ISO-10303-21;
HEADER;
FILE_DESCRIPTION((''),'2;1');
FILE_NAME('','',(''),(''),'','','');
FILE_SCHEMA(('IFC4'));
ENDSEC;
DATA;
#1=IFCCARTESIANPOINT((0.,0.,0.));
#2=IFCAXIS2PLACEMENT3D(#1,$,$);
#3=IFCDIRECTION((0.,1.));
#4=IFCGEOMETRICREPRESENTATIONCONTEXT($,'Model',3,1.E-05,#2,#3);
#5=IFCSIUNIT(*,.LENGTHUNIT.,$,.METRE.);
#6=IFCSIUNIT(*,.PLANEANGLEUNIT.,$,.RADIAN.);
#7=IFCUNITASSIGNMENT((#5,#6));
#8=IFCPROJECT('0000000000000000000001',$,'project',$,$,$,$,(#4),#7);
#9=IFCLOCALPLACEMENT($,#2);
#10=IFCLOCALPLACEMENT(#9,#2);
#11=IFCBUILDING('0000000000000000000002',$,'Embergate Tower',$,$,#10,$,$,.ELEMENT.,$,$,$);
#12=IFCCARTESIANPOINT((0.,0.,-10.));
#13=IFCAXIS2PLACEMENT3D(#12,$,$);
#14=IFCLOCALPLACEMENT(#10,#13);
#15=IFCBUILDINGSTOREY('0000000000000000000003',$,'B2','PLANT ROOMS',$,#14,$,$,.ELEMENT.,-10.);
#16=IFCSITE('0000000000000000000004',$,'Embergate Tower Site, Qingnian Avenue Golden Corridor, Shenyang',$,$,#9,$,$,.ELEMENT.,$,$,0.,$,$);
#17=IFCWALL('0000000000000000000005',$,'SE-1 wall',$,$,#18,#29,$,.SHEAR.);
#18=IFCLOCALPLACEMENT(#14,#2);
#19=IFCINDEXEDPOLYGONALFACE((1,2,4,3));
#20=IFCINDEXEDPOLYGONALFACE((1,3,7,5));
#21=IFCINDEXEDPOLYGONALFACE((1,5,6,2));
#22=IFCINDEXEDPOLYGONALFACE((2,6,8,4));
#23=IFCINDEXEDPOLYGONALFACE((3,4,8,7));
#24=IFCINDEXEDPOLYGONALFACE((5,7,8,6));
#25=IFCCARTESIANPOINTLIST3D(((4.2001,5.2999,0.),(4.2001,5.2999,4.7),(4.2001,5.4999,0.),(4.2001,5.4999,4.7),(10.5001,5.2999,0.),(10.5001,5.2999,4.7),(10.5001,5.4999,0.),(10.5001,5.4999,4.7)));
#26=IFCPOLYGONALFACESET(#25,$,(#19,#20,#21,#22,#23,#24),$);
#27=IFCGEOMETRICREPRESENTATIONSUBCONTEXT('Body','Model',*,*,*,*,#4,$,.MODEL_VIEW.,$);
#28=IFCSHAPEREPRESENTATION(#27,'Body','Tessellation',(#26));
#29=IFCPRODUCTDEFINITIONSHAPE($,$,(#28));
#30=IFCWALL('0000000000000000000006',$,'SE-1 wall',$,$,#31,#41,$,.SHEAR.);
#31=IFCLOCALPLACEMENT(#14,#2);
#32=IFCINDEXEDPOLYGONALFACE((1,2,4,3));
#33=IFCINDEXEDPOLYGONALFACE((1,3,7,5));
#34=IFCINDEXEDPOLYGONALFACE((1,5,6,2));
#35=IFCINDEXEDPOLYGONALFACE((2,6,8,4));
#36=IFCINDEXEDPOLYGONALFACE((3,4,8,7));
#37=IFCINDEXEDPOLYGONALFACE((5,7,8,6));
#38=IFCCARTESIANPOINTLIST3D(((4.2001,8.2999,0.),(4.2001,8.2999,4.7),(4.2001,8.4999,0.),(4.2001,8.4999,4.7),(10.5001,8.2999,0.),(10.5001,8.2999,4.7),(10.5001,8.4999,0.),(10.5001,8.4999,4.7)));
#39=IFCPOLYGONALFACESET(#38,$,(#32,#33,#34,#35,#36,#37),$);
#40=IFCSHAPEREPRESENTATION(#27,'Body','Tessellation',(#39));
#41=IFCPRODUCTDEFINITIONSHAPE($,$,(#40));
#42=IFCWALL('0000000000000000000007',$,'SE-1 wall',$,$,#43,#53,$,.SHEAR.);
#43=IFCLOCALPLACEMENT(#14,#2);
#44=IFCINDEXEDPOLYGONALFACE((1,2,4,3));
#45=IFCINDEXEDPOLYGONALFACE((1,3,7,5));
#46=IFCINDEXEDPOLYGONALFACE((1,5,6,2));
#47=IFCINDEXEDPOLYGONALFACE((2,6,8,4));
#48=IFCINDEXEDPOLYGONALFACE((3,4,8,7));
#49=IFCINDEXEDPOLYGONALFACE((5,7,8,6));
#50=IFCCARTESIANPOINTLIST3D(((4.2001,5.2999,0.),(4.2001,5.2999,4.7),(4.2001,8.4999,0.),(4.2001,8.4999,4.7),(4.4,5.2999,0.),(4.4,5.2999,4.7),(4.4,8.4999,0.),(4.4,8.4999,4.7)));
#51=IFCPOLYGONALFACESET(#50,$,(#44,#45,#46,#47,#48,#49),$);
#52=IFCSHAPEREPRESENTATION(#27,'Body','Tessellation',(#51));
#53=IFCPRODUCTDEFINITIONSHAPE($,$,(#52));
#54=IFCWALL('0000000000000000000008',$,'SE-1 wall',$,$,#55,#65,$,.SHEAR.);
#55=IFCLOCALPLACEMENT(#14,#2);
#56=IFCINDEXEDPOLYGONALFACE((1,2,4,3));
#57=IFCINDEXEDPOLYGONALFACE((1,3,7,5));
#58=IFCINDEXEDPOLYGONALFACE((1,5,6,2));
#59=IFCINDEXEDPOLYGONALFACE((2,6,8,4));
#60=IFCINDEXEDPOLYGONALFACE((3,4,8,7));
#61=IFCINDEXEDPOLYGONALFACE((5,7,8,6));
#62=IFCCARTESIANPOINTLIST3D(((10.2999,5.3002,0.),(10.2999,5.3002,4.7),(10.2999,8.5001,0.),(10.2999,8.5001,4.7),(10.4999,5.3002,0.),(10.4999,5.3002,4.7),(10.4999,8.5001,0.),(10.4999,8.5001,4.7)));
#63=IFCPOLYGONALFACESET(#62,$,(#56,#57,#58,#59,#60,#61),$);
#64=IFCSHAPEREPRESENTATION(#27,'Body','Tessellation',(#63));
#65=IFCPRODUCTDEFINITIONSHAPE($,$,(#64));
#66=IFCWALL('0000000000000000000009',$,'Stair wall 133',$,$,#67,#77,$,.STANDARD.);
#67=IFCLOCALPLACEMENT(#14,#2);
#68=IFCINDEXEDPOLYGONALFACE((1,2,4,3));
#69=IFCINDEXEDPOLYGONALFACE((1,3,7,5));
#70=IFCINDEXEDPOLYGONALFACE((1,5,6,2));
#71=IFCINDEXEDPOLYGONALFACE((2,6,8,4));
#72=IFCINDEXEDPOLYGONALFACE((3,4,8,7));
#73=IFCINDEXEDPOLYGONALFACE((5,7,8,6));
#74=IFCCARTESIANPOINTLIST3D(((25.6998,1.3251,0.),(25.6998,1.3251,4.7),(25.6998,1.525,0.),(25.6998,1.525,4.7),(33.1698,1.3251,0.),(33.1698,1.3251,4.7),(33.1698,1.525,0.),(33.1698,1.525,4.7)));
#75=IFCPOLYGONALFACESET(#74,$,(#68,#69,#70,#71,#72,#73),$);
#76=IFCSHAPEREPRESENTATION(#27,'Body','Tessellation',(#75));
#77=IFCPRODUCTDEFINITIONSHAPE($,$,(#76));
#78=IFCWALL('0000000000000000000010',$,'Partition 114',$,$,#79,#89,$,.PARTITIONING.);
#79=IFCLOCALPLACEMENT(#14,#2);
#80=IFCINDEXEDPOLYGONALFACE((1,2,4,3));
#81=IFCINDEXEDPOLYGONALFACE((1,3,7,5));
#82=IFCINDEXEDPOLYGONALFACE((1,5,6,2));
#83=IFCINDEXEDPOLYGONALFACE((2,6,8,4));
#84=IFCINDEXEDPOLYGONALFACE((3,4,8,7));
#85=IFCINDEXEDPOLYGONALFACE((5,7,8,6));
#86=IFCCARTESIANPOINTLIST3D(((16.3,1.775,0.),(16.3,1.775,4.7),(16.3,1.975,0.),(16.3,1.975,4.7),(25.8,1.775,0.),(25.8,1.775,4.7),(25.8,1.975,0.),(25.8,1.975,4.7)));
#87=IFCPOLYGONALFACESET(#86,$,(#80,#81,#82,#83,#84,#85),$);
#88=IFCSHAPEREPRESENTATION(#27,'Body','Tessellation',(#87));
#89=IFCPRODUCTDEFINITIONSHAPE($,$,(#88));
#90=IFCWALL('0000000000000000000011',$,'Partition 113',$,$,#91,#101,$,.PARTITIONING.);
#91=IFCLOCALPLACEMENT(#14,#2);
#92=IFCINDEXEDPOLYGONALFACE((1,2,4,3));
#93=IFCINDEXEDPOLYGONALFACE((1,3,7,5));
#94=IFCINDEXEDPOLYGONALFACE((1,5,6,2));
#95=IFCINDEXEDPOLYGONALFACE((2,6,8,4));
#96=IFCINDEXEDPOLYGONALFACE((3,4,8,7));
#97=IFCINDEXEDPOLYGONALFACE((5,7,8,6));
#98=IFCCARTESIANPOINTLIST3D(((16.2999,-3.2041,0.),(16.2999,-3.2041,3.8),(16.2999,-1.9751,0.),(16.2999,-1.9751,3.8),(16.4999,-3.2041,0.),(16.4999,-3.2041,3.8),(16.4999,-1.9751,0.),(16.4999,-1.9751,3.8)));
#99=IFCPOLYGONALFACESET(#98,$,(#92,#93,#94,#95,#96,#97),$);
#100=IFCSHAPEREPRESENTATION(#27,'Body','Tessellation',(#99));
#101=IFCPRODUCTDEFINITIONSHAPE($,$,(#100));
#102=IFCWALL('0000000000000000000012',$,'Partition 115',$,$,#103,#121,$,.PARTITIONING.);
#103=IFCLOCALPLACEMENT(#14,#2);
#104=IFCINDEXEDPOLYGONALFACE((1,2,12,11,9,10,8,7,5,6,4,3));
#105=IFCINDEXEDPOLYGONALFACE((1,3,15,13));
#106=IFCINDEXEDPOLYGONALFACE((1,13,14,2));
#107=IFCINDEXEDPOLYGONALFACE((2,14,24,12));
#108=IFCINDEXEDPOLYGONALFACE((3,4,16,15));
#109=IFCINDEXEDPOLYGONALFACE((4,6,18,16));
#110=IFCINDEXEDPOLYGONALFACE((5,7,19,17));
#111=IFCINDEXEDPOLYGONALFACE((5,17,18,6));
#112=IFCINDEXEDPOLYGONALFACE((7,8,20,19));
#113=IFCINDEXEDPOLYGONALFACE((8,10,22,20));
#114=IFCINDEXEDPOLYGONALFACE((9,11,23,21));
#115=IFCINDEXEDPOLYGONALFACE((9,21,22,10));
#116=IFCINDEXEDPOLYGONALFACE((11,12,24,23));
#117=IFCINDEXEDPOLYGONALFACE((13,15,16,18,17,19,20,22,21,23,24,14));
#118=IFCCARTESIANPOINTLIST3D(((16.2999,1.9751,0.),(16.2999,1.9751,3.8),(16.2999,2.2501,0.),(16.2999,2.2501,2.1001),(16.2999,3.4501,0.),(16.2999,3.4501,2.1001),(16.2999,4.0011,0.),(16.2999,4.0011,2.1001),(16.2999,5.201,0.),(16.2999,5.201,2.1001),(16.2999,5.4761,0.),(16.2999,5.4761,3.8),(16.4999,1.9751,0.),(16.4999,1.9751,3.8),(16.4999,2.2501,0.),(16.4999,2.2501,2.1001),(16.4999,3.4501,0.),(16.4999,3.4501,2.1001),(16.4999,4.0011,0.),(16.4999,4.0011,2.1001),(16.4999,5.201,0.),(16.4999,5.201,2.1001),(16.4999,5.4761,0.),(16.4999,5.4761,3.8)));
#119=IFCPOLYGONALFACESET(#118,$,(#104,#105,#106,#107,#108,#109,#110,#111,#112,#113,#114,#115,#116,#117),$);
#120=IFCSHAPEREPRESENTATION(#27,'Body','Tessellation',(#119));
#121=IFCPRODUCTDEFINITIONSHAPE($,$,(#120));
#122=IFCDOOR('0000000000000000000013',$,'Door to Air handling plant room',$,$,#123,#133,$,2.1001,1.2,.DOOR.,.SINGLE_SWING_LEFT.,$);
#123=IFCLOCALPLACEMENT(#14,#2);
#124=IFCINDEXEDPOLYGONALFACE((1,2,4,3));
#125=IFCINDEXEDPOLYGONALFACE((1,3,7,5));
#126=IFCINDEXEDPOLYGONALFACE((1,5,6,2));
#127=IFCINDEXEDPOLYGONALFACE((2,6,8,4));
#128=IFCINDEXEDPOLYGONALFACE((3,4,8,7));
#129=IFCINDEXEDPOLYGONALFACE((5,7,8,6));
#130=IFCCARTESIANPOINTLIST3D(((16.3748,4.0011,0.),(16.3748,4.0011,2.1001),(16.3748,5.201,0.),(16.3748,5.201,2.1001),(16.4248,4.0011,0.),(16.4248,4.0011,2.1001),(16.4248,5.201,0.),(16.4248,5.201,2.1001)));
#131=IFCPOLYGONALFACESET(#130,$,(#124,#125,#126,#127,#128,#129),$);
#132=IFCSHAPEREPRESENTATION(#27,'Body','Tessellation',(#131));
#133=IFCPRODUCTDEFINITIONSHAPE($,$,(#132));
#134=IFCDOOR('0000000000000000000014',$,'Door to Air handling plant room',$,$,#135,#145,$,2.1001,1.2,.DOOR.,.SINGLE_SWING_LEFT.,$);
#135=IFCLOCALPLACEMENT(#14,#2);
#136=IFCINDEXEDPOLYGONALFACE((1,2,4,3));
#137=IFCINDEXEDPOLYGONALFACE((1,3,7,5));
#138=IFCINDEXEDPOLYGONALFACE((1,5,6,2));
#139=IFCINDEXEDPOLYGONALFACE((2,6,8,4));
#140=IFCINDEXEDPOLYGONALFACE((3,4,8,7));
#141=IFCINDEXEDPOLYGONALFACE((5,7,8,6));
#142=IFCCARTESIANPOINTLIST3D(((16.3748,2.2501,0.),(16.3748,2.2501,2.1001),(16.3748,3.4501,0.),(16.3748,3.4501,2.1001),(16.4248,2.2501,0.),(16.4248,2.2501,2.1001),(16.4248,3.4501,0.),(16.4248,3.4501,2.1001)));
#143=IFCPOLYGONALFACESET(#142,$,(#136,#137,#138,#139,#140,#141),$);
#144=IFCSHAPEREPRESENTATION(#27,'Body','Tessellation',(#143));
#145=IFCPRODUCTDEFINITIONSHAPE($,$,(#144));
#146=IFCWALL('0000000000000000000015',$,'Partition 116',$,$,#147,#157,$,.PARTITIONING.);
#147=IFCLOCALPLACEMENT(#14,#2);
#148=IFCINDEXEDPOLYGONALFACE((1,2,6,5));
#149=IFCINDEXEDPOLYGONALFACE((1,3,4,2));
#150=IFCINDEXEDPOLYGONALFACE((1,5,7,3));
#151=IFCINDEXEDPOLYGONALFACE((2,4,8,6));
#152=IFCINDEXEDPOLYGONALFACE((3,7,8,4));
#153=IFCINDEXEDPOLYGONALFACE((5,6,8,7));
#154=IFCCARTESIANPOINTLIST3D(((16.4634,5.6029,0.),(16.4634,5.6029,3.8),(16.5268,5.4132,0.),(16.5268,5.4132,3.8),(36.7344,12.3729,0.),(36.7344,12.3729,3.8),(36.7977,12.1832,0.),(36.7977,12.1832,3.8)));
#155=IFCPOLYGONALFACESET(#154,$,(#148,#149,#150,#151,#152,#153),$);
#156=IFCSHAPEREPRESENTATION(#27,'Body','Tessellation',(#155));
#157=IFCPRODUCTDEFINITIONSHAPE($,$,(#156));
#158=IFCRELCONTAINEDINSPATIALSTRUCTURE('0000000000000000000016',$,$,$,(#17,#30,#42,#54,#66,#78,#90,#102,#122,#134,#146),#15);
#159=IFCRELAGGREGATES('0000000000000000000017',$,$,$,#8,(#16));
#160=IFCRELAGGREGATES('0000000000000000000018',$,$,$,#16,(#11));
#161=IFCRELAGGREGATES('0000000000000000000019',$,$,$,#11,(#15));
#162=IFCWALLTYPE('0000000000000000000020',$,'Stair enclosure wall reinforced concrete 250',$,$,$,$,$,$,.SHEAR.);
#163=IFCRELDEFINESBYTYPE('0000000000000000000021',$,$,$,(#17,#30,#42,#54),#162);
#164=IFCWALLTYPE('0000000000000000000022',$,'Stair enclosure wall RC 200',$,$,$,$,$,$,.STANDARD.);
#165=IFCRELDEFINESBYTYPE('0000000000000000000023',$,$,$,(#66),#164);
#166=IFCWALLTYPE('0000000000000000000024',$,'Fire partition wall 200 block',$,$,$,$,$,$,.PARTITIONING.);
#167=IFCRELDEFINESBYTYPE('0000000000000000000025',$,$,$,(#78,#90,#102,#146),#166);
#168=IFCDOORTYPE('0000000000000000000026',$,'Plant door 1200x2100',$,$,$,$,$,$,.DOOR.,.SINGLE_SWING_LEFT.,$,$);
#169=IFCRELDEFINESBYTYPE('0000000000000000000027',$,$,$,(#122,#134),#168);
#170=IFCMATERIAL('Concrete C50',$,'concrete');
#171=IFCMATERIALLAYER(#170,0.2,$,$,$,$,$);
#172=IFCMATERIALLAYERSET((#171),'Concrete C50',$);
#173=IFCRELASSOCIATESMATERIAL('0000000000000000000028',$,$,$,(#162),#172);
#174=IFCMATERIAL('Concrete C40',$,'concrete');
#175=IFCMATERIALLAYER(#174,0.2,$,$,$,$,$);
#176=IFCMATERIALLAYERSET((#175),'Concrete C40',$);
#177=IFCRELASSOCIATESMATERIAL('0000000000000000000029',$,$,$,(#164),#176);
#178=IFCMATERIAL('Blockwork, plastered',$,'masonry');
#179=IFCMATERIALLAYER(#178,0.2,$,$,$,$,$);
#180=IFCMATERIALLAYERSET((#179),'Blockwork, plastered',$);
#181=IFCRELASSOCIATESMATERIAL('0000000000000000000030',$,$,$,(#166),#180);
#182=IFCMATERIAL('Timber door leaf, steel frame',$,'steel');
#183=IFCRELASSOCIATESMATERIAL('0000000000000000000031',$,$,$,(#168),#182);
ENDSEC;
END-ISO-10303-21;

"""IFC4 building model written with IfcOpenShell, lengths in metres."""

from ifc_helpers import new_model, si_unit, direction, frame, frame_2d, origin, place, context, subcontext, project, spatial, rectangle, extrude, source, transform, mapped, material, layer, layer_set, type_object, element, fill, save


model = new_model("IFC4")

# Units and contexts
model_context = context("Model", 3, precision=1e-05, world=origin(), true_north=direction((0.0, 1.0)))
body_context = subcontext(model_context, "Body", "Model", "MODEL_VIEW")
ifc_project = project(units=[si_unit("LENGTHUNIT", "METRE"), si_unit("PLANEANGLEUNIT", "RADIAN")], contexts=[model_context])

# Site, building, storey
site_placement = place(None, origin())
site = spatial("IfcSite", under=ifc_project, at=site_placement, Name="Embergate Tower Site, Qingnian Avenue Golden Corridor, Shenyang", CompositionType="ELEMENT", RefElevation=0.0)
building_placement = place(site_placement, origin())
building = spatial("IfcBuilding", under=site, at=building_placement, Name="Embergate Tower", CompositionType="ELEMENT")
storey_placement = place(building_placement, frame((0.0, 0.0, -10.0)))
storey = spatial("IfcBuildingStorey", under=building, at=storey_placement, Name="B2", Description="PLANT ROOMS", CompositionType="ELEMENT", Elevation=-10.0)

# Shared definitions
ifc_material_1 = material(Name="Concrete C40", Category="concrete")

# Walls
ifc_material_2 = material(Name="Concrete C50", Category="concrete")
ifc_layer_1 = layer(ifc_material_2, 0.2)
ifc_layer_set_1 = layer_set([ifc_layer_1], Name="Concrete C50")
wall_type_1 = type_object("IfcWallType", Name="Stair enclosure wall reinforced concrete 250", PredefinedType="SHEAR", material=ifc_layer_set_1)
shared_shape_1 = source(origin(), body_context, "Body", "SweptSolid", [
    extrude(rectangle(XDim=6.3, YDim=0.2, at=frame_2d((3.1499, 0.0))), origin(), (0.0, 0.0, 1.0), 4.7),
])
for number, where, z_axis, x_axis, name in (
    (1, (10.5, 5.3999, 0.0), (0.0, 0.0, 1.0), (-1.0, 0.0, 0.0), "SE-1 wall"),
    (2, (10.5, 8.3999, 0.0), (0.0, 0.0, 1.0), (-1.0, 0.0, 0.0), "SE-1 wall"),
):
    element("IfcWall", number, at=place(storey_placement, frame(where, z_axis=z_axis, x_axis=x_axis)), inside=storey, type_object=wall_type_1, Name=name, PredefinedType="SHEAR", context=body_context, shape_type="MappedRepresentation", body=[
        mapped(shared_shape_1, transform((0.0, 0.0, 0.0))),
    ])
shared_shape_2 = source(origin(), body_context, "Body", "SweptSolid", [
    extrude(rectangle(XDim=3.2, YDim=0.2, at=frame_2d((1.6001, 0.0))), origin(), (0.0, 0.0, 1.0), 4.7),
])
for number, where, z_axis, x_axis, name in (
    (3, (4.3, 8.5, 0.0), (0.0, 0.0, 1.0), (0.0, -1.0, 0.0), "SE-1 wall"),
    (4, (10.3999, 5.3, 0.0), (0.0, 0.0, 1.0), (0.0, 1.0, 0.0), "SE-1 wall"),
):
    element("IfcWall", number, at=place(storey_placement, frame(where, z_axis=z_axis, x_axis=x_axis)), inside=storey, type_object=wall_type_1, Name=name, PredefinedType="SHEAR", context=body_context, shape_type="MappedRepresentation", body=[
        mapped(shared_shape_2, transform((0.0, 0.0, 0.0))),
    ])
ifc_layer_2 = layer(ifc_material_1, 0.2)
ifc_layer_set_2 = layer_set([ifc_layer_2], Name="Concrete C40")
wall_type_2 = type_object("IfcWallType", Name="Stair enclosure wall RC 200", PredefinedType="STANDARD", material=ifc_layer_set_2)
shared_shape_3 = source(origin(), body_context, "Body", "SweptSolid", [
    extrude(rectangle(XDim=7.47, YDim=0.2, at=frame_2d((3.7349, 0.0))), origin(), (0.0, 0.0, 1.0), 4.7),
])
wall_1_placement = place(storey_placement, frame((25.7, 1.425, 0.0), z_axis=(0.0, 0.0, 1.0), x_axis=(1.0, 0.0, 0.0)))
element("IfcWall", 5, at=wall_1_placement, inside=storey, type_object=wall_type_2, Name="Stair wall 133", PredefinedType="STANDARD", context=body_context, shape_type="MappedRepresentation", body=[
    mapped(shared_shape_3, transform((0.0, 0.0, 0.0))),
])
ifc_material_3 = material(Name="Blockwork, plastered", Category="masonry")
ifc_layer_3 = layer(ifc_material_3, 0.2)
ifc_layer_set_3 = layer_set([ifc_layer_3], Name="Blockwork, plastered")
wall_type_3 = type_object("IfcWallType", Name="Fire partition wall 200 block", PredefinedType="PARTITIONING", material=ifc_layer_set_3)
shared_shape_4 = source(origin(), body_context, "Body", "SweptSolid", [
    extrude(rectangle(XDim=9.5, YDim=0.2, at=frame_2d((4.75, 0.0))), origin(), (0.0, 0.0, 1.0), 4.7),
])
wall_2_placement = place(storey_placement, frame((16.3, 1.875, 0.0), z_axis=(0.0, 0.0, 1.0), x_axis=(1.0, 0.0, 0.0)))
element("IfcWall", 6, at=wall_2_placement, inside=storey, type_object=wall_type_3, Name="Partition 114", PredefinedType="PARTITIONING", context=body_context, shape_type="MappedRepresentation", body=[
    mapped(shared_shape_4, transform((0.0, 0.0, 0.0))),
])
shared_shape_5 = source(origin(), body_context, "Body", "SweptSolid", [
    extrude(rectangle(XDim=1.229, YDim=0.2, at=frame_2d((0.6145, 0.0))), origin(), (0.0, 0.0, 1.0), 3.8),
])
wall_3_placement = place(storey_placement, frame((16.3999, -1.9751, 0.0), z_axis=(0.0, 0.0, 1.0), x_axis=(0.0, -1.0, 0.0)))
element("IfcWall", 7, at=wall_3_placement, inside=storey, type_object=wall_type_3, Name="Partition 113", PredefinedType="PARTITIONING", context=body_context, shape_type="MappedRepresentation", body=[
    mapped(shared_shape_5, transform((0.0, 0.0, 0.0))),
])

# Wall, openings, doors
shared_shape_6 = source(origin(), body_context, "Body", "SweptSolid", [
    extrude(rectangle(XDim=3.501, YDim=0.2, at=frame_2d((1.7505, 0.0))), origin(), (0.0, 0.0, 1.0), 3.8),
])
wall_4_placement = place(storey_placement, frame((16.3999, 5.4761, 0.0), z_axis=(0.0, 0.0, 1.0), x_axis=(0.0, -1.0, 0.0)))
wall_4 = element("IfcWall", 8, at=wall_4_placement, inside=storey, type_object=wall_type_3, Name="Partition 115", PredefinedType="PARTITIONING", context=body_context, shape_type="MappedRepresentation", body=[
    mapped(shared_shape_6, transform((0.0, 0.0, 0.0))),
])
shared_shape_7 = source(origin(), body_context, "Body", "SweptSolid", [
    extrude(rectangle(XDim=1.2, YDim=2.1001, at=frame_2d((0.6001, 1.05))), frame((0.0, 0.1099, 0.0), z_axis=(0.0, -1.0, 0.0), x_axis=(1.0, 0.0, 0.0)), (0.0, 0.0, 1.0), 0.22),
])
opening_1_placement = place(wall_4_placement, frame((0.2749, 0.0, 0.0)))
opening_1 = element("IfcOpeningElement", 9, at=opening_1_placement, cuts=wall_4, PredefinedType="OPENING", context=body_context, shape_type="MappedRepresentation", body=[
    mapped(shared_shape_7, transform((0.0, 0.0, 0.0))),
])
opening_2_placement = place(wall_4_placement, frame((2.0259, 0.0, 0.0)))
opening_2 = element("IfcOpeningElement", 10, at=opening_2_placement, cuts=wall_4, PredefinedType="OPENING", context=body_context, shape_type="MappedRepresentation", body=[
    mapped(shared_shape_7, transform((0.0, 0.0, 0.0))),
])
ifc_material_4 = material(Name="Timber door leaf, steel frame", Category="steel")
door_type = type_object("IfcDoorType", Name="Plant door 1200x2100", OperationType="SINGLE_SWING_LEFT", PredefinedType="DOOR", material=ifc_material_4)
shared_shape_8 = source(origin(), body_context, "Body", "SweptSolid", [
    extrude(rectangle(XDim=1.2, YDim=2.1001, at=frame_2d((0.6001, 1.05))), frame((0.0, 0.0249, 0.0), z_axis=(0.0, -1.0, 0.0), x_axis=(1.0, 0.0, 0.0)), (0.0, 0.0, 1.0), 0.05),
])
door_1_placement = place(opening_1_placement, origin())
door_1 = element("IfcDoor", 11, at=door_1_placement, inside=storey, type_object=door_type, Name="Door to Air handling plant room", OperationType="SINGLE_SWING_LEFT", OverallHeight=2.1001, OverallWidth=1.2, PredefinedType="DOOR", context=body_context, shape_type="MappedRepresentation", body=[
    mapped(shared_shape_8, transform((0.0, 0.0, 0.0))),
])
fill(opening_1, door_1)
door_2_placement = place(opening_2_placement, origin())
door_2 = element("IfcDoor", 12, at=door_2_placement, inside=storey, type_object=door_type, Name="Door to Air handling plant room", OperationType="SINGLE_SWING_LEFT", OverallHeight=2.1001, OverallWidth=1.2, PredefinedType="DOOR", context=body_context, shape_type="MappedRepresentation", body=[
    mapped(shared_shape_8, transform((0.0, 0.0, 0.0))),
])
fill(opening_2, door_2)

# Wall
shared_shape_9 = source(origin(), body_context, "Body", "SweptSolid", [
    extrude(rectangle(XDim=21.3716, YDim=0.2, at=frame_2d((10.6858, 0.0))), origin(), (0.0, 0.0, 1.0), 3.8),
])
wall_5_placement = place(storey_placement, frame((16.4951, 5.5081, 0.0), z_axis=(0.0, 0.0, 1.0), x_axis=(0.9485, 0.316776, 0.0)))
element("IfcWall", 13, at=wall_5_placement, inside=storey, type_object=wall_type_3, Name="Partition 116", PredefinedType="PARTITIONING", context=body_context, shape_type="MappedRepresentation", body=[
    mapped(shared_shape_9, transform((0.0, 0.0, 0.0))),
])

save(model, "model.ifc")
